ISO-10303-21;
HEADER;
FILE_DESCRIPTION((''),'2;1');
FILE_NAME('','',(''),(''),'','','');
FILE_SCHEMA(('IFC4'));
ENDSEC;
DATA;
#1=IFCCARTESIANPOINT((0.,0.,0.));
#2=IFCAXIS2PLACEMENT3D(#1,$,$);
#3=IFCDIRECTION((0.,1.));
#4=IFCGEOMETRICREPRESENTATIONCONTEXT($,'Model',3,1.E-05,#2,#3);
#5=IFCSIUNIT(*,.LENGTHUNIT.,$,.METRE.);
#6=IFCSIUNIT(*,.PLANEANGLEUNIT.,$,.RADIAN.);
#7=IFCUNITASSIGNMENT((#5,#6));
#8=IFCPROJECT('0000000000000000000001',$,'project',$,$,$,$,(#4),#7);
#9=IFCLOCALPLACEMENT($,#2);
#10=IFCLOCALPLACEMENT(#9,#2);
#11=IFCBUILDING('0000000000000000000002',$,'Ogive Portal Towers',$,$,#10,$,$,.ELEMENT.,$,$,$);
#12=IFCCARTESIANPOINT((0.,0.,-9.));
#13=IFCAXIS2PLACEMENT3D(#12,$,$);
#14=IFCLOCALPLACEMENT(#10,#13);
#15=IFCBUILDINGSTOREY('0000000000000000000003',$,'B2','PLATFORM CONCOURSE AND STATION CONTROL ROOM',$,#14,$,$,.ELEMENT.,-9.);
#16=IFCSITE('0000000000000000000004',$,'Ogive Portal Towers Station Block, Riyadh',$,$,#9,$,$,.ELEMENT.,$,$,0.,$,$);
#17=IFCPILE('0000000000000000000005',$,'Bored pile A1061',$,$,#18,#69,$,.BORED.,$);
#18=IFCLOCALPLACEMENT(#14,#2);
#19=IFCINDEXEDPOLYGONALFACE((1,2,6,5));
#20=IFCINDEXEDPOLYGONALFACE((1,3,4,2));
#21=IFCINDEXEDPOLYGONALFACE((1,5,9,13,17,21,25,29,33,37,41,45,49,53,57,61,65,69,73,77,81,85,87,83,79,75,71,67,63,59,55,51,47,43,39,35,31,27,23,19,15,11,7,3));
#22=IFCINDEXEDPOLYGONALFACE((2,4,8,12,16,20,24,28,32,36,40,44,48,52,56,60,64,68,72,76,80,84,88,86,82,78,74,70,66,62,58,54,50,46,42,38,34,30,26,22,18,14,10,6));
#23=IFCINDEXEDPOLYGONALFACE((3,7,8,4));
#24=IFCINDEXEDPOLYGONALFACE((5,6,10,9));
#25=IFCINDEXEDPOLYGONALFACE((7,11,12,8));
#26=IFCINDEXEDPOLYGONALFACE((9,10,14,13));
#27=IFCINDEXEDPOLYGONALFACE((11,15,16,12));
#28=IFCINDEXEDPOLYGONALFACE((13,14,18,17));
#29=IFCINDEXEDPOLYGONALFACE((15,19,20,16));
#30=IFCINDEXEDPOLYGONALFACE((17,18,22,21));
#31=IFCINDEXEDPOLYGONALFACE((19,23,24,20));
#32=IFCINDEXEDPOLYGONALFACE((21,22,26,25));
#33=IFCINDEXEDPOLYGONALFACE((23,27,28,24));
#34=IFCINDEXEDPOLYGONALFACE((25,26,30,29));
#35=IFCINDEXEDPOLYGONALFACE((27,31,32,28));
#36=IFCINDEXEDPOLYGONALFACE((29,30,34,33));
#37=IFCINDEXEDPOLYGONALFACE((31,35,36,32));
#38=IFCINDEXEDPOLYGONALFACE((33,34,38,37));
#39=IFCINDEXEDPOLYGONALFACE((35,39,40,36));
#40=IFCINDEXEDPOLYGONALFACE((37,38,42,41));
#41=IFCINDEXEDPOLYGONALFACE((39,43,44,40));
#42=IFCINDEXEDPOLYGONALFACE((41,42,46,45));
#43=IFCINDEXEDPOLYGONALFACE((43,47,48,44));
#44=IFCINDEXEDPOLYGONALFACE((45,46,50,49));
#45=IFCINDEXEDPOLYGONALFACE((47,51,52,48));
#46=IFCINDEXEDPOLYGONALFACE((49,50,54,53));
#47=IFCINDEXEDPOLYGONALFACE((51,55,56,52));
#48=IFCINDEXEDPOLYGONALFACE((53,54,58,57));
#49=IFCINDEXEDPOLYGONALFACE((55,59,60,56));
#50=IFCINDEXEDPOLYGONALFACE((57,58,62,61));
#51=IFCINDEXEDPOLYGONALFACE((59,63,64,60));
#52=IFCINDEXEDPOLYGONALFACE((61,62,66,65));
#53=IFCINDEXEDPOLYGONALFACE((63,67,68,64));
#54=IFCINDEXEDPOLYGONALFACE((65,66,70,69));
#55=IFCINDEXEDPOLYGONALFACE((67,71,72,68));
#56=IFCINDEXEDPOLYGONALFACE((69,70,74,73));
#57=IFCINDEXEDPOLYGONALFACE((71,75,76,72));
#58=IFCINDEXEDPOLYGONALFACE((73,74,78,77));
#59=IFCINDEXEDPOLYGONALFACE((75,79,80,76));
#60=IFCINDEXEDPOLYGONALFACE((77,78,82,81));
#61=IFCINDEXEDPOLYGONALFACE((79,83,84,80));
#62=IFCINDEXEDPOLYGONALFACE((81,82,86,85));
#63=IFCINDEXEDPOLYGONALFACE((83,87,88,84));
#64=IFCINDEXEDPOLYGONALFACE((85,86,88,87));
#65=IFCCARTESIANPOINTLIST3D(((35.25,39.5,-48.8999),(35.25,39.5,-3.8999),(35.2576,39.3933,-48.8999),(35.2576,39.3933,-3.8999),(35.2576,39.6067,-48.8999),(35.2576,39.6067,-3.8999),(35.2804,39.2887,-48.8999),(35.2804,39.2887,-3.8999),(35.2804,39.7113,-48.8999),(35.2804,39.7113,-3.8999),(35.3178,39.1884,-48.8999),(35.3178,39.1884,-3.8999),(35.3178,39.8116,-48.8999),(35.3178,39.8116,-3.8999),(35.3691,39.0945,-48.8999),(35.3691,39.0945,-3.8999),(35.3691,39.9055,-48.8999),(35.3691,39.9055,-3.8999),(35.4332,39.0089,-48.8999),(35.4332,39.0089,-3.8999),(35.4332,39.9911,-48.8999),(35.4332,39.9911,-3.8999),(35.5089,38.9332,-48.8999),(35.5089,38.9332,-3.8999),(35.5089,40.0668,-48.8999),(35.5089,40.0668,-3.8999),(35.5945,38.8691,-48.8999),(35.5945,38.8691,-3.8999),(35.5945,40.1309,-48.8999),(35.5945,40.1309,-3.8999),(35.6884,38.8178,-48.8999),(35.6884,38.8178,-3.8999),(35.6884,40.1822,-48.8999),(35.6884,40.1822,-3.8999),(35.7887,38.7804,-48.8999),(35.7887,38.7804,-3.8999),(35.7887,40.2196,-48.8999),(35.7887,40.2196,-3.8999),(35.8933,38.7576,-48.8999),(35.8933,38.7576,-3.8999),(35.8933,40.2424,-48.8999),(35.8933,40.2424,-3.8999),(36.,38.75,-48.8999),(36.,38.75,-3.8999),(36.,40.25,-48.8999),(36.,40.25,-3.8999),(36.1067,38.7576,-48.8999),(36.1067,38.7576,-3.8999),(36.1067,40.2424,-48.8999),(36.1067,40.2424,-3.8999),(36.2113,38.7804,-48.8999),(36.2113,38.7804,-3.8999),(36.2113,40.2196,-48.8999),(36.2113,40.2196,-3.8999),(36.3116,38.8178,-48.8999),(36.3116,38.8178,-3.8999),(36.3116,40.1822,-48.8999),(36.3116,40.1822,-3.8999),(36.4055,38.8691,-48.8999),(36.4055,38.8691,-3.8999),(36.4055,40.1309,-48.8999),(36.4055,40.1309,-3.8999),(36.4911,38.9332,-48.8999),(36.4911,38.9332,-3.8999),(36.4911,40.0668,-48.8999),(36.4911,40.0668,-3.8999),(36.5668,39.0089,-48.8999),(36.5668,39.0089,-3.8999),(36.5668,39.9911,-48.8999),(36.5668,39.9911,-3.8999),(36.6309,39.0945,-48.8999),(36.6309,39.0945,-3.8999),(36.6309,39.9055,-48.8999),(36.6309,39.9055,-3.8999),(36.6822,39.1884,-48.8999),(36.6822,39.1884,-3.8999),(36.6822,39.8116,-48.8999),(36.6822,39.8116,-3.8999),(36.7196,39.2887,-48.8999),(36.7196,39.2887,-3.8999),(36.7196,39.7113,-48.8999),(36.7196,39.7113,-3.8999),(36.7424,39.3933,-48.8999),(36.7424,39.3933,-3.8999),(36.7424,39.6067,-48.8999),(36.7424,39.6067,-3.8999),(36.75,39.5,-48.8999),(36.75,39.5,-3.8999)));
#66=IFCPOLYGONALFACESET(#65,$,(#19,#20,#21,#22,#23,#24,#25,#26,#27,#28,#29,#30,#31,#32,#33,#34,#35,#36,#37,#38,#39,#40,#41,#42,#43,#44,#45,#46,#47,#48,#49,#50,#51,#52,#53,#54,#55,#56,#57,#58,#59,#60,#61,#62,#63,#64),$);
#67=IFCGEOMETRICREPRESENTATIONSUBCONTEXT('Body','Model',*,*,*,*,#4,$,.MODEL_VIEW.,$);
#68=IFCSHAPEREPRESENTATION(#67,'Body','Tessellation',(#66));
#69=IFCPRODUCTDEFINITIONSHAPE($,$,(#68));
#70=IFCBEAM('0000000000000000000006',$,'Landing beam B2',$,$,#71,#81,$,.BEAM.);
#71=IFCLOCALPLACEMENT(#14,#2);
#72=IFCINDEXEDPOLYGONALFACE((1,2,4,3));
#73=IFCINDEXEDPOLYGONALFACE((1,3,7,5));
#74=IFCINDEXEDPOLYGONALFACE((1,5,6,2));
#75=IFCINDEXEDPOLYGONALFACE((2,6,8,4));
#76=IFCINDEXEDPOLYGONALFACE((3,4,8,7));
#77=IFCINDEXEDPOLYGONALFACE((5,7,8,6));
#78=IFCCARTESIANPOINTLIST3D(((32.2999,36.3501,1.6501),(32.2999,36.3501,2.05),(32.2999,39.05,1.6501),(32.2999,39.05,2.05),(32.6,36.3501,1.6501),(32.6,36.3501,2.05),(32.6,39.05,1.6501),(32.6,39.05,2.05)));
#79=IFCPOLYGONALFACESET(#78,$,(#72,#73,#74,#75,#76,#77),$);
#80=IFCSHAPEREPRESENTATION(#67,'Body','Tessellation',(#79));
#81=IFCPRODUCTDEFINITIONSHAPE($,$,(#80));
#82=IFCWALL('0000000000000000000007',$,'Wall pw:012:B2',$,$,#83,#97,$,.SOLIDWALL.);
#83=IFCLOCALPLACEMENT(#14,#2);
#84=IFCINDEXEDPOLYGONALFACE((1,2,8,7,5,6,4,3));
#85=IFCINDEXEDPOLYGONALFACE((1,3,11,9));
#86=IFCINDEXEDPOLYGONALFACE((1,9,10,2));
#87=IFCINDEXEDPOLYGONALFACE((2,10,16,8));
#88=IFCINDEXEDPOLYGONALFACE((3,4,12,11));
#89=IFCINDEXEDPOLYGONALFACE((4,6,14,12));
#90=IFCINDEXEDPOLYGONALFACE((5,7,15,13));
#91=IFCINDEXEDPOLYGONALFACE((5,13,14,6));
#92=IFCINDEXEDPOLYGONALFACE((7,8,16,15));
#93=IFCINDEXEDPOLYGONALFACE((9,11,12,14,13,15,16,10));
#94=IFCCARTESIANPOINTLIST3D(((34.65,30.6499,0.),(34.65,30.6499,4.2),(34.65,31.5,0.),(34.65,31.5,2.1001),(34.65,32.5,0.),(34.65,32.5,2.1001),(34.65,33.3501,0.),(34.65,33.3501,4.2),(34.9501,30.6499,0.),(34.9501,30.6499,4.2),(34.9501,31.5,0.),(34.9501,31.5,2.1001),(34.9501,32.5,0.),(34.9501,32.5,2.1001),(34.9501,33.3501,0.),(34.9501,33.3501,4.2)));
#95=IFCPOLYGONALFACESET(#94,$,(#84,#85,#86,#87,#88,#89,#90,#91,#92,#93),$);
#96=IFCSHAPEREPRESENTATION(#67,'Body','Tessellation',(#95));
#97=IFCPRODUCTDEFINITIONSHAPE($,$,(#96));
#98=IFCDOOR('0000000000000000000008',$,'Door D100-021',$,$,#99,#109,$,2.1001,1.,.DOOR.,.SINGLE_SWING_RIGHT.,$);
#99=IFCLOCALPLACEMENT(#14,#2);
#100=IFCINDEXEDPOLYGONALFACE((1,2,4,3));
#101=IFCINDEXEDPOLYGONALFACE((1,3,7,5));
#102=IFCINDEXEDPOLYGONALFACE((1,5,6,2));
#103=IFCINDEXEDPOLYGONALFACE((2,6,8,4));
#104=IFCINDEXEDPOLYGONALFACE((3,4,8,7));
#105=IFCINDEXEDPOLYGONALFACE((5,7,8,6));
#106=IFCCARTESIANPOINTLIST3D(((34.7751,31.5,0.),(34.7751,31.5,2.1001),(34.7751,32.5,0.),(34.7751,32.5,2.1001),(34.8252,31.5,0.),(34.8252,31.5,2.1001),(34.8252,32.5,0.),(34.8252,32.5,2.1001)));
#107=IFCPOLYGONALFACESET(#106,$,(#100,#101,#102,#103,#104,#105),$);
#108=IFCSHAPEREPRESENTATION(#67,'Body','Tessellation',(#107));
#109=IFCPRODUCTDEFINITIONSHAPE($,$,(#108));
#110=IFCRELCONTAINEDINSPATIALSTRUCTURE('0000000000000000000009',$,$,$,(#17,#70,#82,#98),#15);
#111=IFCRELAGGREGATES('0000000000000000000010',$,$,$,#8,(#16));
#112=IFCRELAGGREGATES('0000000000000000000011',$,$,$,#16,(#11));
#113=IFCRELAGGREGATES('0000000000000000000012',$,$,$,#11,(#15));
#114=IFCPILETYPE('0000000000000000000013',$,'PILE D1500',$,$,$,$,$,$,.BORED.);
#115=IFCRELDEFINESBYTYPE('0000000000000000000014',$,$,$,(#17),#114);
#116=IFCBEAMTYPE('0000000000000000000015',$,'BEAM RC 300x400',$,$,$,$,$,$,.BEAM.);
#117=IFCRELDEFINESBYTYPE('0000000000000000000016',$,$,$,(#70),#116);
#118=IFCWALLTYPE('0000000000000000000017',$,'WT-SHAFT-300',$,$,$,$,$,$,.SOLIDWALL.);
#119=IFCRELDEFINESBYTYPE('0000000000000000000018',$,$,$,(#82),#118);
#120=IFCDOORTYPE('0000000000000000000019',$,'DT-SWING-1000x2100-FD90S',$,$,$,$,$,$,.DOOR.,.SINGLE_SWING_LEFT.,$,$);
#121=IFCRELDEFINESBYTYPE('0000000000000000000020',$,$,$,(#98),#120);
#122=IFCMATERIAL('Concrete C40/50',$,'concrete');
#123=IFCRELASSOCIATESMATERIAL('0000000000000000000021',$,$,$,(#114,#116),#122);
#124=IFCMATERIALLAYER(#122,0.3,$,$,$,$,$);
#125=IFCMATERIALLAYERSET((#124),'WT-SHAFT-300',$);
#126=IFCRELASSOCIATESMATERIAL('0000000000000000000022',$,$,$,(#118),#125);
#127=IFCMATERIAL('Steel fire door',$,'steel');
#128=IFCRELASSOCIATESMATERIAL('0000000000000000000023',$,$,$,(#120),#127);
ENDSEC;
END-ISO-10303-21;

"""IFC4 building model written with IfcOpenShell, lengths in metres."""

from ifc_helpers import new_model, si_unit, direction, frame, frame_2d, origin, origin_2d, place, context, subcontext, project, spatial, rectangle, circle, extrude, material, layer, layer_set, material_profile, profile_set, type_object, element, fill, save


model = new_model("IFC4")

# Units and contexts
model_context = context("Model", 3, precision=1e-05, world=origin(), true_north=direction((0.0, 1.0)))
body_context = subcontext(model_context, "Body", "Model", "MODEL_VIEW")
ifc_project = project(units=[si_unit("LENGTHUNIT", "METRE"), si_unit("PLANEANGLEUNIT", "RADIAN")], contexts=[model_context])

# Site, building, storey
site_placement = place(None, origin())
site = spatial("IfcSite", under=ifc_project, at=site_placement, Name="Ogive Portal Towers Station Block, Riyadh", CompositionType="ELEMENT", RefElevation=0.0)
building_placement = place(site_placement, origin())
building = spatial("IfcBuilding", under=site, at=building_placement, Name="Ogive Portal Towers", CompositionType="ELEMENT")
storey_placement = place(building_placement, frame((0.0, 0.0, -9.0)))
storey = spatial("IfcBuildingStorey", under=building, at=storey_placement, Name="B2", Description="PLATFORM CONCOURSE AND STATION CONTROL ROOM", CompositionType="ELEMENT", Elevation=-9.0)

# Pile
ifc_material_1 = material(Name="Concrete C40/50", Category="concrete")
ifc_material_profile_1 = material_profile(ifc_material_1, circle(Radius=0.75, at=origin_2d()), Name="PILE D1500")
ifc_profile_set_1 = profile_set([ifc_material_profile_1], Name="Concrete C40/50")
pile_type = type_object("IfcPileType", Name="PILE D1500", PredefinedType="BORED", material=ifc_profile_set_1)
for number, where, z_axis, x_axis, name in (
    (1, (36.0, 39.5, -3.8999), (0.0, 0.0, -1.0), (1.0, 0.0, 0.0), "Bored pile A1061"),
):
    element("IfcPile", number, at=place(storey_placement, frame(where, z_axis=z_axis, x_axis=x_axis)), inside=storey, type_object=pile_type, Name=name, PredefinedType="BORED", context=body_context, shape_type="SweptSolid", body=[
        extrude(circle(Radius=0.75, at=origin_2d()), origin(), (0.0, 0.0, 1.0), 45.0),
    ])

# Beam
ifc_material_profile_2 = material_profile(ifc_material_1, rectangle(XDim=0.3, YDim=0.3999, at=origin_2d()), Name="RC 300x400")
ifc_profile_set_2 = profile_set([ifc_material_profile_2], Name="Concrete C40/50")
beam_type = type_object("IfcBeamType", Name="BEAM RC 300x400", PredefinedType="BEAM", material=ifc_profile_set_2)
beam_placement = place(storey_placement, frame((32.45, 36.3501, 1.8501), z_axis=(0.0, 1.0, 0.0), x_axis=(-1.0, 0.0, 0.0)))
element("IfcBeam", 2, at=beam_placement, inside=storey, type_object=beam_type, Name="Landing beam B2", PredefinedType="BEAM", context=body_context, shape_type="SweptSolid", body=[
    extrude(rectangle(XDim=0.3, YDim=0.3999, at=origin_2d()), origin(), (0.0, 0.0, 1.0), 2.7),
])

# Wall, opening, door
ifc_layer_1 = layer(ifc_material_1, 0.3)
ifc_layer_set_1 = layer_set([ifc_layer_1], Name="WT-SHAFT-300")
wall_type_1 = type_object("IfcWallType", Name="WT-SHAFT-300", PredefinedType="SOLIDWALL", material=ifc_layer_set_1)
wall_1_placement = place(storey_placement, frame((34.8, 30.6499, 0.0), z_axis=(0.0, 0.0, 1.0), x_axis=(0.0, 1.0, 0.0)))
wall_1 = element("IfcWall", 3, at=wall_1_placement, inside=storey, type_object=wall_type_1, Name="Wall pw:012:B2", PredefinedType="SOLIDWALL", context=body_context, shape_type="SweptSolid", body=[
    extrude(rectangle(XDim=2.7002, YDim=0.3, at=frame_2d((1.3501, 0.0))), origin(), (0.0, 0.0, 1.0), 4.2),
])
opening_1_placement = place(wall_1_placement, frame((0.8501, 0.0, 0.0)))
opening_1 = element("IfcOpeningElement", 4, at=opening_1_placement, cuts=wall_1, PredefinedType="OPENING", context=body_context, shape_type="SweptSolid", body=[
    extrude(rectangle(XDim=1.0, YDim=2.1001, at=frame_2d((0.5, 1.05))), frame((0.0, 0.1602, 0.0), z_axis=(0.0, -1.0, 0.0), x_axis=(1.0, 0.0, 0.0)), (0.0, 0.0, 1.0), 0.3201),
])
ifc_material_2 = material(Name="Steel fire door", Category="steel")
door_type_1 = type_object("IfcDoorType", Name="DT-SWING-1000x2100-FD90S", OperationType="SINGLE_SWING_LEFT", PredefinedType="DOOR", material=ifc_material_2)
door_1_placement = place(opening_1_placement, origin())
door_1 = element("IfcDoor", 5, at=door_1_placement, inside=storey, type_object=door_type_1, Name="Door D100-021", OperationType="SINGLE_SWING_RIGHT", OverallHeight=2.1001, OverallWidth=1.0, PredefinedType="DOOR", context=body_context, shape_type="SweptSolid", body=[
    extrude(rectangle(XDim=1.0, YDim=2.1001, at=frame_2d((0.5, 1.05))), frame((0.0, 0.0249, 0.0), z_axis=(0.0, -1.0, 0.0), x_axis=(1.0, 0.0, 0.0)), (0.0, 0.0, 1.0), 0.05),
])
fill(opening_1, door_1)

save(model, "model.ifc")
